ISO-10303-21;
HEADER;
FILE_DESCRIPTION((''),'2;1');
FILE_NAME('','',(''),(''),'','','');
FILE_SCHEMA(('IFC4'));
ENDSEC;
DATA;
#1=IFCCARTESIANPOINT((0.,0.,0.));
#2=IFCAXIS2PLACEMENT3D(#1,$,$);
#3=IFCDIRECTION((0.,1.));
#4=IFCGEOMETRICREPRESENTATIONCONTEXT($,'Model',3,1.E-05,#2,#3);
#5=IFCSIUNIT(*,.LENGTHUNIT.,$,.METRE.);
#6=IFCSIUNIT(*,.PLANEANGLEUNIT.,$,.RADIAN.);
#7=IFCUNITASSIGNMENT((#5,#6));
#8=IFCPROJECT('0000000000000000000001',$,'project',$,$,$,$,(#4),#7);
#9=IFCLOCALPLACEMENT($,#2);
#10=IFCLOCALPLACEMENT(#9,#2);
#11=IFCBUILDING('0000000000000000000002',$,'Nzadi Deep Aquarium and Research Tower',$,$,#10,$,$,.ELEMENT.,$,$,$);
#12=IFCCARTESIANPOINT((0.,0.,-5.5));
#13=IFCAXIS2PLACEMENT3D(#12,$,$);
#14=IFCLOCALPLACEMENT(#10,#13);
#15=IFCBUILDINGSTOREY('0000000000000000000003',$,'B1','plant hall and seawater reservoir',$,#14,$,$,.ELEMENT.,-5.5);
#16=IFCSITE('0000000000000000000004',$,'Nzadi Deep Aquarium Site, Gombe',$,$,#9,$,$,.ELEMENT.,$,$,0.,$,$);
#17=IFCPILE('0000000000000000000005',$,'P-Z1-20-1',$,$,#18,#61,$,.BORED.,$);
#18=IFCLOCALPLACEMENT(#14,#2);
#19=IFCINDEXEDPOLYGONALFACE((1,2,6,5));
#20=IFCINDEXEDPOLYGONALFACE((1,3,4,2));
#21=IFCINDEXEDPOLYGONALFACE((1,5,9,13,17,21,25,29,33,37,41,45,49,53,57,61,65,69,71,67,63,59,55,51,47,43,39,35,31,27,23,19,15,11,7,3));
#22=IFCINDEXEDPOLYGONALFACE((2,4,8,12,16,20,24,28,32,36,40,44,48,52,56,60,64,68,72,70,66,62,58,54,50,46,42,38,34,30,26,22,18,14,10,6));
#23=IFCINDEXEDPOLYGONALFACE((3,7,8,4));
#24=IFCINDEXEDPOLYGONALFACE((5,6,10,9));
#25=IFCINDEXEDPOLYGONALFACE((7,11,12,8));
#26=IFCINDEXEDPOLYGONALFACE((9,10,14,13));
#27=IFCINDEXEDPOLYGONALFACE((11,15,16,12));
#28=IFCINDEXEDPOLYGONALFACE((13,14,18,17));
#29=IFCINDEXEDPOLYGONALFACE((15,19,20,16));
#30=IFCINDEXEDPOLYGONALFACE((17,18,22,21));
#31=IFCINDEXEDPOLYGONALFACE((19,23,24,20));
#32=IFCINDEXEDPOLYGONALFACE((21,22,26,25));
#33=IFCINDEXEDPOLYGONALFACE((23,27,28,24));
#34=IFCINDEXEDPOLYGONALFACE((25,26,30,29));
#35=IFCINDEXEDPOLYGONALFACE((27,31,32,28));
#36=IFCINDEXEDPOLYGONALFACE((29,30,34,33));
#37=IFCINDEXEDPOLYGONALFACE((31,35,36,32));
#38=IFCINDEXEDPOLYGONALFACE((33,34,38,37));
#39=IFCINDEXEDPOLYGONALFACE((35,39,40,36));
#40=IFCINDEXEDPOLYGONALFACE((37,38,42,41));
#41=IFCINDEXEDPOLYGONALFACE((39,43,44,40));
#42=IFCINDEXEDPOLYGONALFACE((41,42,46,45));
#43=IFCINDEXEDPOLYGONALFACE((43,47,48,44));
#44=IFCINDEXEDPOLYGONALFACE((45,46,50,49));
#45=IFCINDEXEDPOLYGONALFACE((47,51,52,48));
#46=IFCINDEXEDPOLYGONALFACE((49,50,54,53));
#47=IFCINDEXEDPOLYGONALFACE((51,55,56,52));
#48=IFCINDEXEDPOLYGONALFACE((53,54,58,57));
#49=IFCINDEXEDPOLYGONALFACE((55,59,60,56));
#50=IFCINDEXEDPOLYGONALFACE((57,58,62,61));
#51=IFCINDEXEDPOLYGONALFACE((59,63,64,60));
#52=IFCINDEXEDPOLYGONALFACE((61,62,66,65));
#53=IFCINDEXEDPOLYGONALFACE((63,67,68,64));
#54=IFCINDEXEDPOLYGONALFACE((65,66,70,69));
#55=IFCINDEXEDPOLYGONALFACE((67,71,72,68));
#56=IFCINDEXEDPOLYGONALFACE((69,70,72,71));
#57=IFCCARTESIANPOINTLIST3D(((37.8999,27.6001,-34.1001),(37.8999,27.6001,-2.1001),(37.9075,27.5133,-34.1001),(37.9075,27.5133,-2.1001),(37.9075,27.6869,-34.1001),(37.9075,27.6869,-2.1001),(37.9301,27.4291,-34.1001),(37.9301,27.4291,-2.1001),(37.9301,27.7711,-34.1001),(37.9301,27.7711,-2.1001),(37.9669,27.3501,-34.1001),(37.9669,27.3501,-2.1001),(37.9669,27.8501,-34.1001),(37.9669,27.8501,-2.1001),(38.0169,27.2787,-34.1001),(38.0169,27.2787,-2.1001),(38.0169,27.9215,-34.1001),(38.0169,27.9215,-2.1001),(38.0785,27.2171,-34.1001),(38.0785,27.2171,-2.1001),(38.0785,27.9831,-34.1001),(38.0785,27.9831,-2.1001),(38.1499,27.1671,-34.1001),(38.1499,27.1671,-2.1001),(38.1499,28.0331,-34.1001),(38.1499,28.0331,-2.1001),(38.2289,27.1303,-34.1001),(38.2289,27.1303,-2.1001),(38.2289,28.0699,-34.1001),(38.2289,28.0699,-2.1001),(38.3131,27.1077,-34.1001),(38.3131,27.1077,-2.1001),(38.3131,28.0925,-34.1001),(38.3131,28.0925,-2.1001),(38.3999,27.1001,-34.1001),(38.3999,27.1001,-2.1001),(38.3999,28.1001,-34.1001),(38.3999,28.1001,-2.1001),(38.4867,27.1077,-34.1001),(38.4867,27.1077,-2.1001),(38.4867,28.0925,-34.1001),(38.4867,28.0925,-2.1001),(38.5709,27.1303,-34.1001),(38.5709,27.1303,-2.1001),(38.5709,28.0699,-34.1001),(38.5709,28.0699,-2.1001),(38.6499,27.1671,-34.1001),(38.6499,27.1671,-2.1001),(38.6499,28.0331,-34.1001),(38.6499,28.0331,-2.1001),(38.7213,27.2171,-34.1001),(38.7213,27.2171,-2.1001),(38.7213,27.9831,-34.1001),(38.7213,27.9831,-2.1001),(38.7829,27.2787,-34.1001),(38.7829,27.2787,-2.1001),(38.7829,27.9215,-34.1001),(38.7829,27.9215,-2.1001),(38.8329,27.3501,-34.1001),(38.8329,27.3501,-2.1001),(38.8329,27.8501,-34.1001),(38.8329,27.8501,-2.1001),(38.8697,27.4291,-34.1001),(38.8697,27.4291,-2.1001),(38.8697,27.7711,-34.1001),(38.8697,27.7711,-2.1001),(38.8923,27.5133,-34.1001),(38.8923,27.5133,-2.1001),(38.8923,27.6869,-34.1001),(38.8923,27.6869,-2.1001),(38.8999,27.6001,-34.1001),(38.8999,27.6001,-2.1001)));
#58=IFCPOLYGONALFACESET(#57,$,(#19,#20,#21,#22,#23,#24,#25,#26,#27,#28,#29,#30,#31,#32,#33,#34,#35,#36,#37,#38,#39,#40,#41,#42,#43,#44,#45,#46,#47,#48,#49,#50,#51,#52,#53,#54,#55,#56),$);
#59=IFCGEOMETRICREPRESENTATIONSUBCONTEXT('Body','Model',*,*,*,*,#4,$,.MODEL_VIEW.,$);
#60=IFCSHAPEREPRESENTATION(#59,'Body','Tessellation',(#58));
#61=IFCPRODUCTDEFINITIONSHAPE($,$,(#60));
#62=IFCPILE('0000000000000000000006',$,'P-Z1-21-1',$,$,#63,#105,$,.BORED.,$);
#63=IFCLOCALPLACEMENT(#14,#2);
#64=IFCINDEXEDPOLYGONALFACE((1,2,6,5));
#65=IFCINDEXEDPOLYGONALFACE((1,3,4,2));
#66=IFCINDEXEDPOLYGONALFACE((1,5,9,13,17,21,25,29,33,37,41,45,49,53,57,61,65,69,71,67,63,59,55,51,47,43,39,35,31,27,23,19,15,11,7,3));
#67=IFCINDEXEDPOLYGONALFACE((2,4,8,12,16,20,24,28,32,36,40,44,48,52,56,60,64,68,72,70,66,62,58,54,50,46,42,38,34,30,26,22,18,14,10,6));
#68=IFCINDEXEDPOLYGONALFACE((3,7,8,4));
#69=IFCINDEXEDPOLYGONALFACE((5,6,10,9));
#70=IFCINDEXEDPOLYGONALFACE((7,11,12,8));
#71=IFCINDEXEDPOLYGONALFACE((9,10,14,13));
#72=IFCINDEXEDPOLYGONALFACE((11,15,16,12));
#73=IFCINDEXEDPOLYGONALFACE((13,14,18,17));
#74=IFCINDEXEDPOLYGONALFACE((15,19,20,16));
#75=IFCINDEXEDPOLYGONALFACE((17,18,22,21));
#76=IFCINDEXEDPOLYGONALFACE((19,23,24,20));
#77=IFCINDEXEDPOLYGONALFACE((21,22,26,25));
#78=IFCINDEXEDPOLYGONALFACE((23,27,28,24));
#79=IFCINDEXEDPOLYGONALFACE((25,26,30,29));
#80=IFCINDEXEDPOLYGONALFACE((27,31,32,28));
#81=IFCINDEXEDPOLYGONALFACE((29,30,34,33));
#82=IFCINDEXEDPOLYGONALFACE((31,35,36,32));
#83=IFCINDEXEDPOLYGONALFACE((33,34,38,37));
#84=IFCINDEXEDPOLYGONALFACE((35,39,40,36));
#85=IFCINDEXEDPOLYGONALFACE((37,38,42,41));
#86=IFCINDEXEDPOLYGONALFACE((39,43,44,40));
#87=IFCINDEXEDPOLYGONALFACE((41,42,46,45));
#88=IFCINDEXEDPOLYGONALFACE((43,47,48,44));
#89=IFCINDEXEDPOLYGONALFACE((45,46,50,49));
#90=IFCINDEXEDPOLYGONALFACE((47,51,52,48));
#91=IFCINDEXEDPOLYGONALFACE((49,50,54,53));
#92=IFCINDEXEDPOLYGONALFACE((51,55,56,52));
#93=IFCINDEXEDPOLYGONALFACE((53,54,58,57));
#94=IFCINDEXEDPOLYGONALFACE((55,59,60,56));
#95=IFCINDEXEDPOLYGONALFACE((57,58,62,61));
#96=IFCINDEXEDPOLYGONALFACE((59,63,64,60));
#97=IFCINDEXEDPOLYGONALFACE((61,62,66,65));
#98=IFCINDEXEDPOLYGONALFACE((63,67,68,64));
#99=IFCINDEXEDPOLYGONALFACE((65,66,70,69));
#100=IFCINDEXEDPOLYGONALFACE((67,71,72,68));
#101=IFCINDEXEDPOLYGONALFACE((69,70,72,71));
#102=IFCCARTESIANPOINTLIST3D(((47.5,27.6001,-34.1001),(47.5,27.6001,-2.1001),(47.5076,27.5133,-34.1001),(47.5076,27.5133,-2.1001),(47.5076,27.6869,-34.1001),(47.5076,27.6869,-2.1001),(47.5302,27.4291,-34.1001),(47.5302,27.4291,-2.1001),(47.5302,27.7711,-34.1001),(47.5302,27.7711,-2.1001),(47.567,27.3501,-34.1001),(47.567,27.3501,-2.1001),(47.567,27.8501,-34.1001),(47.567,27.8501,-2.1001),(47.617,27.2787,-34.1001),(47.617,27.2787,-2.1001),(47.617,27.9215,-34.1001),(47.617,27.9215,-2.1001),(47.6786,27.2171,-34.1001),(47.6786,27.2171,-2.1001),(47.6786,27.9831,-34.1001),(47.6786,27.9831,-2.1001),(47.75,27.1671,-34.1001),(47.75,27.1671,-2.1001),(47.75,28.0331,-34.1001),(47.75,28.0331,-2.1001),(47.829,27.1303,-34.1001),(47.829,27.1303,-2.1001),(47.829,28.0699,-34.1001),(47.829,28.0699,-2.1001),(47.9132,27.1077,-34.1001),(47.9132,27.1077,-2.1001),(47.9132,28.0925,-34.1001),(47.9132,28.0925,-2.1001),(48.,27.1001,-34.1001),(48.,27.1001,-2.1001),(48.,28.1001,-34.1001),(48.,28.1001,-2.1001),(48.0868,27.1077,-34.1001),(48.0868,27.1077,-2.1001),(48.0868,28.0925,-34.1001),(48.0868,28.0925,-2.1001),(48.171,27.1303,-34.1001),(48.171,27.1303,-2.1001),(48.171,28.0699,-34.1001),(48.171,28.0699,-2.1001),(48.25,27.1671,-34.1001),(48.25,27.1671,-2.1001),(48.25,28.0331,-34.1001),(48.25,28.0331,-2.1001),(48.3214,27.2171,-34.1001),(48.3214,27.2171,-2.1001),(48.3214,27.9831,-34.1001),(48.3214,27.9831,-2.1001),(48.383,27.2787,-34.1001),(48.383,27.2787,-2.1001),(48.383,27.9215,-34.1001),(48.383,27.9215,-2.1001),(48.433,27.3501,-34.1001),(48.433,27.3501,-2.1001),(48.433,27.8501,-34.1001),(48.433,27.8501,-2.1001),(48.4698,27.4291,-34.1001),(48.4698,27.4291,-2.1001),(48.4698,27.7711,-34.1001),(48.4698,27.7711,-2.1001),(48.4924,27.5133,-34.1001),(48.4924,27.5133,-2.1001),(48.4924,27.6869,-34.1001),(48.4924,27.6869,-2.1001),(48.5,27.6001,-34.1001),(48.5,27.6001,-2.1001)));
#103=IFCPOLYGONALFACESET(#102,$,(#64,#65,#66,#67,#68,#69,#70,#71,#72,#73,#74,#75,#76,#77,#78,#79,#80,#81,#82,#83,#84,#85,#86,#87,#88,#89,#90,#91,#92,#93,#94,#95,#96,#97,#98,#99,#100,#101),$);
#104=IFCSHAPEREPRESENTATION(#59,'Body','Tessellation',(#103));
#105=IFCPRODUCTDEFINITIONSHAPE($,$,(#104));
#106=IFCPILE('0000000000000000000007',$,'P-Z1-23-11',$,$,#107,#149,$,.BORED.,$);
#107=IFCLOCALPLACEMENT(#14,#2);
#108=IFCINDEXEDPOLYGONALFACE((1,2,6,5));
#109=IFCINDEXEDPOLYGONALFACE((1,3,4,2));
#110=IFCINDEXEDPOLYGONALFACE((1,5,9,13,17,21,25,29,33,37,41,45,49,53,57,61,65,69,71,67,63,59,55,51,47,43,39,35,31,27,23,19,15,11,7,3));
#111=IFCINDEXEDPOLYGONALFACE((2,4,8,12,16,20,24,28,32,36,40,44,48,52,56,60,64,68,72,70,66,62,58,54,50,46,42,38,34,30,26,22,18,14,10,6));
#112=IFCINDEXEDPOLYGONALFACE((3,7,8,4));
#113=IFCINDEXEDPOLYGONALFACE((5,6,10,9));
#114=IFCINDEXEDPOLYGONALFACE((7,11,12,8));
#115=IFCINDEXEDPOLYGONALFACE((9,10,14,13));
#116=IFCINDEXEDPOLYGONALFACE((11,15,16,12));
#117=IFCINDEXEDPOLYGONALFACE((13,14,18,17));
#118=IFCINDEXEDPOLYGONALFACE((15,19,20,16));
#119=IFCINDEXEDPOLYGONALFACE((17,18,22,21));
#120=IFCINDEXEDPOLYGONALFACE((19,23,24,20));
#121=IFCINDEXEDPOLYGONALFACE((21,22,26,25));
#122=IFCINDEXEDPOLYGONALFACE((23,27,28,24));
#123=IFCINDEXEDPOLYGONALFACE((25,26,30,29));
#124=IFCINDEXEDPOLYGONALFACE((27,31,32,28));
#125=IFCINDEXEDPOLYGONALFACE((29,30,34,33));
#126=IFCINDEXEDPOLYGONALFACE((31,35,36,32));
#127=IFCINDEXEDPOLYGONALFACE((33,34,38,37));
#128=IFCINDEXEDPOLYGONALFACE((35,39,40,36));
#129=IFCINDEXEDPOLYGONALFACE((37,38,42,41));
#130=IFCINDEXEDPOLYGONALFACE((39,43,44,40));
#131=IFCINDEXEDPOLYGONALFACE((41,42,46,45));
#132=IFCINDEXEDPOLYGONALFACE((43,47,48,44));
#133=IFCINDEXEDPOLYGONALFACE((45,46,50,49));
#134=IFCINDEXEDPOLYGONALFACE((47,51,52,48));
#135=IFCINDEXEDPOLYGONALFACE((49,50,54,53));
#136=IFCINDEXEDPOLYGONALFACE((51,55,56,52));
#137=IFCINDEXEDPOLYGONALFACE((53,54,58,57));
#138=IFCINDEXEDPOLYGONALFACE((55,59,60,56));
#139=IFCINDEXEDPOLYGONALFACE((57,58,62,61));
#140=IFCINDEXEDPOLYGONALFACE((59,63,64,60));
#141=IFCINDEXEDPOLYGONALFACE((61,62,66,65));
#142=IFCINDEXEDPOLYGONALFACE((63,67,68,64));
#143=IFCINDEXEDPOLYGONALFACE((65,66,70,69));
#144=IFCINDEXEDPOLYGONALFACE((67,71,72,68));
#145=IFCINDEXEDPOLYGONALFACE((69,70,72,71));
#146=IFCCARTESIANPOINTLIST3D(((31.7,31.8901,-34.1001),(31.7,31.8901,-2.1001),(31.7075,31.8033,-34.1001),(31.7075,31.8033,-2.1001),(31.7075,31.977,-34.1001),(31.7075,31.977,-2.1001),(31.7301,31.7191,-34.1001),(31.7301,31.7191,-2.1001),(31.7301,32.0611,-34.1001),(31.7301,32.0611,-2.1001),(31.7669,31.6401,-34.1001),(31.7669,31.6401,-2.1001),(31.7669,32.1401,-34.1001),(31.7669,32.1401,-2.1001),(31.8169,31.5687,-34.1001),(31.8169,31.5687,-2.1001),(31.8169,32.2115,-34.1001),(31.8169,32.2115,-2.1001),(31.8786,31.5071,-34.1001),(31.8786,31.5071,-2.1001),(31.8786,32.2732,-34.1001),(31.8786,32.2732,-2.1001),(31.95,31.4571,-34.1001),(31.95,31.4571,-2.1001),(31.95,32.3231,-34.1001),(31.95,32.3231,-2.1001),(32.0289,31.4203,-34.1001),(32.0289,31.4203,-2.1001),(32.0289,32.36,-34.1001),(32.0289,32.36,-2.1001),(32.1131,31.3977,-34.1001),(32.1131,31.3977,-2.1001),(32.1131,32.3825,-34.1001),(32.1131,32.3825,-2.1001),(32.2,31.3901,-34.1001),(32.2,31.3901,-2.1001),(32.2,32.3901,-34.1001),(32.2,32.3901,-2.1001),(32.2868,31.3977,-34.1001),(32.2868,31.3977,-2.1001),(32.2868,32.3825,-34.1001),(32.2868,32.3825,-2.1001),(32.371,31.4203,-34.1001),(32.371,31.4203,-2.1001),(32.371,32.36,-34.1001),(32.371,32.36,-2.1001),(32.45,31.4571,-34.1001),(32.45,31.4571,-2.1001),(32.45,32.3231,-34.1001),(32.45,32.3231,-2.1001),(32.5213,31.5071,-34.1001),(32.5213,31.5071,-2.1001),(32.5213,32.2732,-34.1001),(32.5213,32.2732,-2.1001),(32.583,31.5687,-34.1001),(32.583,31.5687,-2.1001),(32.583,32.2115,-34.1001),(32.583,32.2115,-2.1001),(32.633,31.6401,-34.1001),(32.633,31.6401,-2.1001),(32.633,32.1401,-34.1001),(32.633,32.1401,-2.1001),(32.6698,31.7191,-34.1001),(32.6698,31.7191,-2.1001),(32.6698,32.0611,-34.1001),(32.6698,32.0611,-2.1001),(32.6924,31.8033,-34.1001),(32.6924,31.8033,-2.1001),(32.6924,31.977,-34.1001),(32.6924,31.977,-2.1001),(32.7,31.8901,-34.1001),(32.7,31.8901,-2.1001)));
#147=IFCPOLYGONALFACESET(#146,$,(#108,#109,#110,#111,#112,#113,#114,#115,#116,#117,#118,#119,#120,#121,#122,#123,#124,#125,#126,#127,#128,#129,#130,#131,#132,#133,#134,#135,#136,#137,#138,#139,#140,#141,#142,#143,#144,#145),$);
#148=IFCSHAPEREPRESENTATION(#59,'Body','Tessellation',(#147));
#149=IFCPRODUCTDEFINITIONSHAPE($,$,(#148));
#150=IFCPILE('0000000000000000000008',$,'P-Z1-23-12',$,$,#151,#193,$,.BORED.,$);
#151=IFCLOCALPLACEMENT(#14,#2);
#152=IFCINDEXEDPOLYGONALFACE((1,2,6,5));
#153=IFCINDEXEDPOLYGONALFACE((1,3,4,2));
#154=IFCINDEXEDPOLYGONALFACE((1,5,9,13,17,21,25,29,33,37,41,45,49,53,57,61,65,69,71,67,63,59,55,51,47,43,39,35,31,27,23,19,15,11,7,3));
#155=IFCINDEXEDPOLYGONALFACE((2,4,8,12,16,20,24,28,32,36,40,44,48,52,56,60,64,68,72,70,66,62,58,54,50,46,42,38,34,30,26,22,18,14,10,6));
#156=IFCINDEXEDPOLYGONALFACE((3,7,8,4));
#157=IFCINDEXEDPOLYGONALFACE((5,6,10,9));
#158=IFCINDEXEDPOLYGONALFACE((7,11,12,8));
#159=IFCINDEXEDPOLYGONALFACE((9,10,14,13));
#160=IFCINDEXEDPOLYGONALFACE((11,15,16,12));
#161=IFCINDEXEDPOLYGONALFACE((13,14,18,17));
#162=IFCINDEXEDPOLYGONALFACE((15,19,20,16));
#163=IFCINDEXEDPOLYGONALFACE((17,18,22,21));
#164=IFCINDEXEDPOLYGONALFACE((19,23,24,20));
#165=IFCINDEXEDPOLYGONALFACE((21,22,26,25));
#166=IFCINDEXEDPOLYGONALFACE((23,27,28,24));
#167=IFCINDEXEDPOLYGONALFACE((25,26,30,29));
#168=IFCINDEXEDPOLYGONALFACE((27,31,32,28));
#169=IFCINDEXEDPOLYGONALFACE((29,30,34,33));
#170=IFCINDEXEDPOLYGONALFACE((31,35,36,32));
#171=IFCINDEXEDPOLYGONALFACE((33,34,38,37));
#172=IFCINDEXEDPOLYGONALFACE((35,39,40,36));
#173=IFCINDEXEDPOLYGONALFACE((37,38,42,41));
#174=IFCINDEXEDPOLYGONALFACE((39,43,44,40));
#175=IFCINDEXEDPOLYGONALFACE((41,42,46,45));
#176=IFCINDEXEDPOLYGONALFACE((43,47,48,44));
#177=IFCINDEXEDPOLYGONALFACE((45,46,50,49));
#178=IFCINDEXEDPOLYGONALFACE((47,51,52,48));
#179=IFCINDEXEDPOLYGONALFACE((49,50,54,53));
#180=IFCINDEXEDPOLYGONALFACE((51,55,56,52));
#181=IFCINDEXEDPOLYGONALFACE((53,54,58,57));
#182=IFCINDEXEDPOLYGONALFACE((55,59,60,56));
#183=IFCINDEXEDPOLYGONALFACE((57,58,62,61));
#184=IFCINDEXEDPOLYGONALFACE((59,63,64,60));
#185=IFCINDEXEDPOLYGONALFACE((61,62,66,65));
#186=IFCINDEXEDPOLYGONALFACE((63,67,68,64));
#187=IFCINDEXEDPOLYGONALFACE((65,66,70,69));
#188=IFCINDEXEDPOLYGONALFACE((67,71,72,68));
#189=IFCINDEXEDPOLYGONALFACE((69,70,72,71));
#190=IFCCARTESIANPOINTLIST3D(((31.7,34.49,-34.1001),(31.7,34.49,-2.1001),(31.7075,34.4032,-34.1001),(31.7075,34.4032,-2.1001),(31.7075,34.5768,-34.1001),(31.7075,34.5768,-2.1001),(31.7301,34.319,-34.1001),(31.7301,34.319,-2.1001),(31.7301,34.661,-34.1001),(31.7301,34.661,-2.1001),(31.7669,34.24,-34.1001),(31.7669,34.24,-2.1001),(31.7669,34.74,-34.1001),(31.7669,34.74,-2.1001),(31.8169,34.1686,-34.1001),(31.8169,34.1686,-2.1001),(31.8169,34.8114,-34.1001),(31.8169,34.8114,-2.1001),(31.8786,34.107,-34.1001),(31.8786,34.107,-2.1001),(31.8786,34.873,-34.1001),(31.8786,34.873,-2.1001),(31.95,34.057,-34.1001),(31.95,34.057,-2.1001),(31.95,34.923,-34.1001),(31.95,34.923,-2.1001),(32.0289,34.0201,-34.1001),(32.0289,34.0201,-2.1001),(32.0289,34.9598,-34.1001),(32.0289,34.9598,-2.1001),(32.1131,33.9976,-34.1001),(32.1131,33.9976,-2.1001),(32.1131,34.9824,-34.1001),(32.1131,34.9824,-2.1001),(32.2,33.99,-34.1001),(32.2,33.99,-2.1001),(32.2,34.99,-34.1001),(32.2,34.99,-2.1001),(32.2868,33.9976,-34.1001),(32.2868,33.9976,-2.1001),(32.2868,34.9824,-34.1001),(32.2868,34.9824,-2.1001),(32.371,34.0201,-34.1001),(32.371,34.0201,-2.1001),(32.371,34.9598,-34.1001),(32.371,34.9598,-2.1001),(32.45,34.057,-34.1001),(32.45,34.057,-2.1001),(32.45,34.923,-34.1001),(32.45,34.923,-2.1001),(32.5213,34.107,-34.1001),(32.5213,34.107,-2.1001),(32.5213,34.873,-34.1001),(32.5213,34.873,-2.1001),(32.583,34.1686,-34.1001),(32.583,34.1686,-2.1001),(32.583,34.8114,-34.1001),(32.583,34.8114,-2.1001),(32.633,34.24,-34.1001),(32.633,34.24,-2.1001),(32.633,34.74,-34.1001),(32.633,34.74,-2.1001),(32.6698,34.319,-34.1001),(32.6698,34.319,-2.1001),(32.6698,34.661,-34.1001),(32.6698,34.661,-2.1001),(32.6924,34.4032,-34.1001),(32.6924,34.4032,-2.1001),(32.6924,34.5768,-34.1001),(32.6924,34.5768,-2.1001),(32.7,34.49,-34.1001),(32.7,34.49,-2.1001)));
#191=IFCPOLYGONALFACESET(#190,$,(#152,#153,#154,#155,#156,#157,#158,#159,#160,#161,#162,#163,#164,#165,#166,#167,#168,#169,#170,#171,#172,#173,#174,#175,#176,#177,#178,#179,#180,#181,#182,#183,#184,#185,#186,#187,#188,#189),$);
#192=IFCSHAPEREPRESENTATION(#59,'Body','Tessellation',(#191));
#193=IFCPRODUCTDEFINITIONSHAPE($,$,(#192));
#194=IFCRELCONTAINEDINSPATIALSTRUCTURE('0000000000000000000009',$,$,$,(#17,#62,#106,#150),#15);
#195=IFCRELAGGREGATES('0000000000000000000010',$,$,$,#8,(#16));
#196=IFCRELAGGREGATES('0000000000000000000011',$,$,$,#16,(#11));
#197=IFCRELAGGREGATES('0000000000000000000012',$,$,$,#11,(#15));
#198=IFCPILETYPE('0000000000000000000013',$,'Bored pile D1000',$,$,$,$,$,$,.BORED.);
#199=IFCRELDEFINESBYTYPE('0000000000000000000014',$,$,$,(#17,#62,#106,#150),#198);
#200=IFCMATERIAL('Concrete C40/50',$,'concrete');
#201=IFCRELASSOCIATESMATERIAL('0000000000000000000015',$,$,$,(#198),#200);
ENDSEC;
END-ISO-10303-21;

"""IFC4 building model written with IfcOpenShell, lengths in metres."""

from ifc_helpers import new_model, si_unit, direction, frame, origin, origin_2d, place, context, subcontext, project, spatial, circle, extrude, material, material_profile, profile_set, type_object, element, save


model = new_model("IFC4")

# Units and contexts
model_context = context("Model", 3, precision=1e-05, world=origin(), true_north=direction((0.0, 1.0)))
body_context = subcontext(model_context, "Body", "Model", "MODEL_VIEW")
ifc_project = project(units=[si_unit("LENGTHUNIT", "METRE"), si_unit("PLANEANGLEUNIT", "RADIAN")], contexts=[model_context])

# Site, building, storey
site_placement = place(None, origin())
site = spatial("IfcSite", under=ifc_project, at=site_placement, Name="Nzadi Deep Aquarium Site, Gombe", CompositionType="ELEMENT", RefElevation=0.0)
building_placement = place(site_placement, origin())
building = spatial("IfcBuilding", under=site, at=building_placement, Name="Nzadi Deep Aquarium and Research Tower", CompositionType="ELEMENT")
storey_placement = place(building_placement, frame((0.0, 0.0, -5.5)))
storey = spatial("IfcBuildingStorey", under=building, at=storey_placement, Name="B1", Description="plant hall and seawater reservoir", CompositionType="ELEMENT", Elevation=-5.5)

# Piles
ifc_material_1 = material(Name="Concrete C40/50", Category="concrete")
ifc_material_profile_1 = material_profile(ifc_material_1, circle(Radius=0.5, at=origin_2d()))
ifc_profile_set_1 = profile_set([ifc_material_profile_1], Name="Concrete C40/50")
pile_type_1 = type_object("IfcPileType", Name="Bored pile D1000", PredefinedType="BORED", material=ifc_profile_set_1)
for number, where, z_axis, x_axis, name in (
    (1, (38.3999, 27.6001, -2.1001), (0.0, 0.0, -1.0), (1.0, 0.0, 0.0), "P-Z1-20-1"),
    (2, (48.0, 27.6001, -2.1001), (0.0, 0.0, -1.0), (1.0, 0.0, 0.0), "P-Z1-21-1"),
    (3, (32.2, 31.8901, -2.1001), (0.0, 0.0, -1.0), (1.0, 0.0, 0.0), "P-Z1-23-11"),
    (4, (32.2, 34.49, -2.1001), (0.0, 0.0, -1.0), (1.0, 0.0, 0.0), "P-Z1-23-12"),
):
    element("IfcPile", number, at=place(storey_placement, frame(where, z_axis=z_axis, x_axis=x_axis)), inside=storey, type_object=pile_type_1, Name=name, PredefinedType="BORED", context=body_context, shape_type="SweptSolid", body=[
        extrude(circle(Radius=0.5, at=origin_2d()), origin(), (0.0, 0.0, 1.0), 32.0),
    ])

save(model, "model.ifc")
